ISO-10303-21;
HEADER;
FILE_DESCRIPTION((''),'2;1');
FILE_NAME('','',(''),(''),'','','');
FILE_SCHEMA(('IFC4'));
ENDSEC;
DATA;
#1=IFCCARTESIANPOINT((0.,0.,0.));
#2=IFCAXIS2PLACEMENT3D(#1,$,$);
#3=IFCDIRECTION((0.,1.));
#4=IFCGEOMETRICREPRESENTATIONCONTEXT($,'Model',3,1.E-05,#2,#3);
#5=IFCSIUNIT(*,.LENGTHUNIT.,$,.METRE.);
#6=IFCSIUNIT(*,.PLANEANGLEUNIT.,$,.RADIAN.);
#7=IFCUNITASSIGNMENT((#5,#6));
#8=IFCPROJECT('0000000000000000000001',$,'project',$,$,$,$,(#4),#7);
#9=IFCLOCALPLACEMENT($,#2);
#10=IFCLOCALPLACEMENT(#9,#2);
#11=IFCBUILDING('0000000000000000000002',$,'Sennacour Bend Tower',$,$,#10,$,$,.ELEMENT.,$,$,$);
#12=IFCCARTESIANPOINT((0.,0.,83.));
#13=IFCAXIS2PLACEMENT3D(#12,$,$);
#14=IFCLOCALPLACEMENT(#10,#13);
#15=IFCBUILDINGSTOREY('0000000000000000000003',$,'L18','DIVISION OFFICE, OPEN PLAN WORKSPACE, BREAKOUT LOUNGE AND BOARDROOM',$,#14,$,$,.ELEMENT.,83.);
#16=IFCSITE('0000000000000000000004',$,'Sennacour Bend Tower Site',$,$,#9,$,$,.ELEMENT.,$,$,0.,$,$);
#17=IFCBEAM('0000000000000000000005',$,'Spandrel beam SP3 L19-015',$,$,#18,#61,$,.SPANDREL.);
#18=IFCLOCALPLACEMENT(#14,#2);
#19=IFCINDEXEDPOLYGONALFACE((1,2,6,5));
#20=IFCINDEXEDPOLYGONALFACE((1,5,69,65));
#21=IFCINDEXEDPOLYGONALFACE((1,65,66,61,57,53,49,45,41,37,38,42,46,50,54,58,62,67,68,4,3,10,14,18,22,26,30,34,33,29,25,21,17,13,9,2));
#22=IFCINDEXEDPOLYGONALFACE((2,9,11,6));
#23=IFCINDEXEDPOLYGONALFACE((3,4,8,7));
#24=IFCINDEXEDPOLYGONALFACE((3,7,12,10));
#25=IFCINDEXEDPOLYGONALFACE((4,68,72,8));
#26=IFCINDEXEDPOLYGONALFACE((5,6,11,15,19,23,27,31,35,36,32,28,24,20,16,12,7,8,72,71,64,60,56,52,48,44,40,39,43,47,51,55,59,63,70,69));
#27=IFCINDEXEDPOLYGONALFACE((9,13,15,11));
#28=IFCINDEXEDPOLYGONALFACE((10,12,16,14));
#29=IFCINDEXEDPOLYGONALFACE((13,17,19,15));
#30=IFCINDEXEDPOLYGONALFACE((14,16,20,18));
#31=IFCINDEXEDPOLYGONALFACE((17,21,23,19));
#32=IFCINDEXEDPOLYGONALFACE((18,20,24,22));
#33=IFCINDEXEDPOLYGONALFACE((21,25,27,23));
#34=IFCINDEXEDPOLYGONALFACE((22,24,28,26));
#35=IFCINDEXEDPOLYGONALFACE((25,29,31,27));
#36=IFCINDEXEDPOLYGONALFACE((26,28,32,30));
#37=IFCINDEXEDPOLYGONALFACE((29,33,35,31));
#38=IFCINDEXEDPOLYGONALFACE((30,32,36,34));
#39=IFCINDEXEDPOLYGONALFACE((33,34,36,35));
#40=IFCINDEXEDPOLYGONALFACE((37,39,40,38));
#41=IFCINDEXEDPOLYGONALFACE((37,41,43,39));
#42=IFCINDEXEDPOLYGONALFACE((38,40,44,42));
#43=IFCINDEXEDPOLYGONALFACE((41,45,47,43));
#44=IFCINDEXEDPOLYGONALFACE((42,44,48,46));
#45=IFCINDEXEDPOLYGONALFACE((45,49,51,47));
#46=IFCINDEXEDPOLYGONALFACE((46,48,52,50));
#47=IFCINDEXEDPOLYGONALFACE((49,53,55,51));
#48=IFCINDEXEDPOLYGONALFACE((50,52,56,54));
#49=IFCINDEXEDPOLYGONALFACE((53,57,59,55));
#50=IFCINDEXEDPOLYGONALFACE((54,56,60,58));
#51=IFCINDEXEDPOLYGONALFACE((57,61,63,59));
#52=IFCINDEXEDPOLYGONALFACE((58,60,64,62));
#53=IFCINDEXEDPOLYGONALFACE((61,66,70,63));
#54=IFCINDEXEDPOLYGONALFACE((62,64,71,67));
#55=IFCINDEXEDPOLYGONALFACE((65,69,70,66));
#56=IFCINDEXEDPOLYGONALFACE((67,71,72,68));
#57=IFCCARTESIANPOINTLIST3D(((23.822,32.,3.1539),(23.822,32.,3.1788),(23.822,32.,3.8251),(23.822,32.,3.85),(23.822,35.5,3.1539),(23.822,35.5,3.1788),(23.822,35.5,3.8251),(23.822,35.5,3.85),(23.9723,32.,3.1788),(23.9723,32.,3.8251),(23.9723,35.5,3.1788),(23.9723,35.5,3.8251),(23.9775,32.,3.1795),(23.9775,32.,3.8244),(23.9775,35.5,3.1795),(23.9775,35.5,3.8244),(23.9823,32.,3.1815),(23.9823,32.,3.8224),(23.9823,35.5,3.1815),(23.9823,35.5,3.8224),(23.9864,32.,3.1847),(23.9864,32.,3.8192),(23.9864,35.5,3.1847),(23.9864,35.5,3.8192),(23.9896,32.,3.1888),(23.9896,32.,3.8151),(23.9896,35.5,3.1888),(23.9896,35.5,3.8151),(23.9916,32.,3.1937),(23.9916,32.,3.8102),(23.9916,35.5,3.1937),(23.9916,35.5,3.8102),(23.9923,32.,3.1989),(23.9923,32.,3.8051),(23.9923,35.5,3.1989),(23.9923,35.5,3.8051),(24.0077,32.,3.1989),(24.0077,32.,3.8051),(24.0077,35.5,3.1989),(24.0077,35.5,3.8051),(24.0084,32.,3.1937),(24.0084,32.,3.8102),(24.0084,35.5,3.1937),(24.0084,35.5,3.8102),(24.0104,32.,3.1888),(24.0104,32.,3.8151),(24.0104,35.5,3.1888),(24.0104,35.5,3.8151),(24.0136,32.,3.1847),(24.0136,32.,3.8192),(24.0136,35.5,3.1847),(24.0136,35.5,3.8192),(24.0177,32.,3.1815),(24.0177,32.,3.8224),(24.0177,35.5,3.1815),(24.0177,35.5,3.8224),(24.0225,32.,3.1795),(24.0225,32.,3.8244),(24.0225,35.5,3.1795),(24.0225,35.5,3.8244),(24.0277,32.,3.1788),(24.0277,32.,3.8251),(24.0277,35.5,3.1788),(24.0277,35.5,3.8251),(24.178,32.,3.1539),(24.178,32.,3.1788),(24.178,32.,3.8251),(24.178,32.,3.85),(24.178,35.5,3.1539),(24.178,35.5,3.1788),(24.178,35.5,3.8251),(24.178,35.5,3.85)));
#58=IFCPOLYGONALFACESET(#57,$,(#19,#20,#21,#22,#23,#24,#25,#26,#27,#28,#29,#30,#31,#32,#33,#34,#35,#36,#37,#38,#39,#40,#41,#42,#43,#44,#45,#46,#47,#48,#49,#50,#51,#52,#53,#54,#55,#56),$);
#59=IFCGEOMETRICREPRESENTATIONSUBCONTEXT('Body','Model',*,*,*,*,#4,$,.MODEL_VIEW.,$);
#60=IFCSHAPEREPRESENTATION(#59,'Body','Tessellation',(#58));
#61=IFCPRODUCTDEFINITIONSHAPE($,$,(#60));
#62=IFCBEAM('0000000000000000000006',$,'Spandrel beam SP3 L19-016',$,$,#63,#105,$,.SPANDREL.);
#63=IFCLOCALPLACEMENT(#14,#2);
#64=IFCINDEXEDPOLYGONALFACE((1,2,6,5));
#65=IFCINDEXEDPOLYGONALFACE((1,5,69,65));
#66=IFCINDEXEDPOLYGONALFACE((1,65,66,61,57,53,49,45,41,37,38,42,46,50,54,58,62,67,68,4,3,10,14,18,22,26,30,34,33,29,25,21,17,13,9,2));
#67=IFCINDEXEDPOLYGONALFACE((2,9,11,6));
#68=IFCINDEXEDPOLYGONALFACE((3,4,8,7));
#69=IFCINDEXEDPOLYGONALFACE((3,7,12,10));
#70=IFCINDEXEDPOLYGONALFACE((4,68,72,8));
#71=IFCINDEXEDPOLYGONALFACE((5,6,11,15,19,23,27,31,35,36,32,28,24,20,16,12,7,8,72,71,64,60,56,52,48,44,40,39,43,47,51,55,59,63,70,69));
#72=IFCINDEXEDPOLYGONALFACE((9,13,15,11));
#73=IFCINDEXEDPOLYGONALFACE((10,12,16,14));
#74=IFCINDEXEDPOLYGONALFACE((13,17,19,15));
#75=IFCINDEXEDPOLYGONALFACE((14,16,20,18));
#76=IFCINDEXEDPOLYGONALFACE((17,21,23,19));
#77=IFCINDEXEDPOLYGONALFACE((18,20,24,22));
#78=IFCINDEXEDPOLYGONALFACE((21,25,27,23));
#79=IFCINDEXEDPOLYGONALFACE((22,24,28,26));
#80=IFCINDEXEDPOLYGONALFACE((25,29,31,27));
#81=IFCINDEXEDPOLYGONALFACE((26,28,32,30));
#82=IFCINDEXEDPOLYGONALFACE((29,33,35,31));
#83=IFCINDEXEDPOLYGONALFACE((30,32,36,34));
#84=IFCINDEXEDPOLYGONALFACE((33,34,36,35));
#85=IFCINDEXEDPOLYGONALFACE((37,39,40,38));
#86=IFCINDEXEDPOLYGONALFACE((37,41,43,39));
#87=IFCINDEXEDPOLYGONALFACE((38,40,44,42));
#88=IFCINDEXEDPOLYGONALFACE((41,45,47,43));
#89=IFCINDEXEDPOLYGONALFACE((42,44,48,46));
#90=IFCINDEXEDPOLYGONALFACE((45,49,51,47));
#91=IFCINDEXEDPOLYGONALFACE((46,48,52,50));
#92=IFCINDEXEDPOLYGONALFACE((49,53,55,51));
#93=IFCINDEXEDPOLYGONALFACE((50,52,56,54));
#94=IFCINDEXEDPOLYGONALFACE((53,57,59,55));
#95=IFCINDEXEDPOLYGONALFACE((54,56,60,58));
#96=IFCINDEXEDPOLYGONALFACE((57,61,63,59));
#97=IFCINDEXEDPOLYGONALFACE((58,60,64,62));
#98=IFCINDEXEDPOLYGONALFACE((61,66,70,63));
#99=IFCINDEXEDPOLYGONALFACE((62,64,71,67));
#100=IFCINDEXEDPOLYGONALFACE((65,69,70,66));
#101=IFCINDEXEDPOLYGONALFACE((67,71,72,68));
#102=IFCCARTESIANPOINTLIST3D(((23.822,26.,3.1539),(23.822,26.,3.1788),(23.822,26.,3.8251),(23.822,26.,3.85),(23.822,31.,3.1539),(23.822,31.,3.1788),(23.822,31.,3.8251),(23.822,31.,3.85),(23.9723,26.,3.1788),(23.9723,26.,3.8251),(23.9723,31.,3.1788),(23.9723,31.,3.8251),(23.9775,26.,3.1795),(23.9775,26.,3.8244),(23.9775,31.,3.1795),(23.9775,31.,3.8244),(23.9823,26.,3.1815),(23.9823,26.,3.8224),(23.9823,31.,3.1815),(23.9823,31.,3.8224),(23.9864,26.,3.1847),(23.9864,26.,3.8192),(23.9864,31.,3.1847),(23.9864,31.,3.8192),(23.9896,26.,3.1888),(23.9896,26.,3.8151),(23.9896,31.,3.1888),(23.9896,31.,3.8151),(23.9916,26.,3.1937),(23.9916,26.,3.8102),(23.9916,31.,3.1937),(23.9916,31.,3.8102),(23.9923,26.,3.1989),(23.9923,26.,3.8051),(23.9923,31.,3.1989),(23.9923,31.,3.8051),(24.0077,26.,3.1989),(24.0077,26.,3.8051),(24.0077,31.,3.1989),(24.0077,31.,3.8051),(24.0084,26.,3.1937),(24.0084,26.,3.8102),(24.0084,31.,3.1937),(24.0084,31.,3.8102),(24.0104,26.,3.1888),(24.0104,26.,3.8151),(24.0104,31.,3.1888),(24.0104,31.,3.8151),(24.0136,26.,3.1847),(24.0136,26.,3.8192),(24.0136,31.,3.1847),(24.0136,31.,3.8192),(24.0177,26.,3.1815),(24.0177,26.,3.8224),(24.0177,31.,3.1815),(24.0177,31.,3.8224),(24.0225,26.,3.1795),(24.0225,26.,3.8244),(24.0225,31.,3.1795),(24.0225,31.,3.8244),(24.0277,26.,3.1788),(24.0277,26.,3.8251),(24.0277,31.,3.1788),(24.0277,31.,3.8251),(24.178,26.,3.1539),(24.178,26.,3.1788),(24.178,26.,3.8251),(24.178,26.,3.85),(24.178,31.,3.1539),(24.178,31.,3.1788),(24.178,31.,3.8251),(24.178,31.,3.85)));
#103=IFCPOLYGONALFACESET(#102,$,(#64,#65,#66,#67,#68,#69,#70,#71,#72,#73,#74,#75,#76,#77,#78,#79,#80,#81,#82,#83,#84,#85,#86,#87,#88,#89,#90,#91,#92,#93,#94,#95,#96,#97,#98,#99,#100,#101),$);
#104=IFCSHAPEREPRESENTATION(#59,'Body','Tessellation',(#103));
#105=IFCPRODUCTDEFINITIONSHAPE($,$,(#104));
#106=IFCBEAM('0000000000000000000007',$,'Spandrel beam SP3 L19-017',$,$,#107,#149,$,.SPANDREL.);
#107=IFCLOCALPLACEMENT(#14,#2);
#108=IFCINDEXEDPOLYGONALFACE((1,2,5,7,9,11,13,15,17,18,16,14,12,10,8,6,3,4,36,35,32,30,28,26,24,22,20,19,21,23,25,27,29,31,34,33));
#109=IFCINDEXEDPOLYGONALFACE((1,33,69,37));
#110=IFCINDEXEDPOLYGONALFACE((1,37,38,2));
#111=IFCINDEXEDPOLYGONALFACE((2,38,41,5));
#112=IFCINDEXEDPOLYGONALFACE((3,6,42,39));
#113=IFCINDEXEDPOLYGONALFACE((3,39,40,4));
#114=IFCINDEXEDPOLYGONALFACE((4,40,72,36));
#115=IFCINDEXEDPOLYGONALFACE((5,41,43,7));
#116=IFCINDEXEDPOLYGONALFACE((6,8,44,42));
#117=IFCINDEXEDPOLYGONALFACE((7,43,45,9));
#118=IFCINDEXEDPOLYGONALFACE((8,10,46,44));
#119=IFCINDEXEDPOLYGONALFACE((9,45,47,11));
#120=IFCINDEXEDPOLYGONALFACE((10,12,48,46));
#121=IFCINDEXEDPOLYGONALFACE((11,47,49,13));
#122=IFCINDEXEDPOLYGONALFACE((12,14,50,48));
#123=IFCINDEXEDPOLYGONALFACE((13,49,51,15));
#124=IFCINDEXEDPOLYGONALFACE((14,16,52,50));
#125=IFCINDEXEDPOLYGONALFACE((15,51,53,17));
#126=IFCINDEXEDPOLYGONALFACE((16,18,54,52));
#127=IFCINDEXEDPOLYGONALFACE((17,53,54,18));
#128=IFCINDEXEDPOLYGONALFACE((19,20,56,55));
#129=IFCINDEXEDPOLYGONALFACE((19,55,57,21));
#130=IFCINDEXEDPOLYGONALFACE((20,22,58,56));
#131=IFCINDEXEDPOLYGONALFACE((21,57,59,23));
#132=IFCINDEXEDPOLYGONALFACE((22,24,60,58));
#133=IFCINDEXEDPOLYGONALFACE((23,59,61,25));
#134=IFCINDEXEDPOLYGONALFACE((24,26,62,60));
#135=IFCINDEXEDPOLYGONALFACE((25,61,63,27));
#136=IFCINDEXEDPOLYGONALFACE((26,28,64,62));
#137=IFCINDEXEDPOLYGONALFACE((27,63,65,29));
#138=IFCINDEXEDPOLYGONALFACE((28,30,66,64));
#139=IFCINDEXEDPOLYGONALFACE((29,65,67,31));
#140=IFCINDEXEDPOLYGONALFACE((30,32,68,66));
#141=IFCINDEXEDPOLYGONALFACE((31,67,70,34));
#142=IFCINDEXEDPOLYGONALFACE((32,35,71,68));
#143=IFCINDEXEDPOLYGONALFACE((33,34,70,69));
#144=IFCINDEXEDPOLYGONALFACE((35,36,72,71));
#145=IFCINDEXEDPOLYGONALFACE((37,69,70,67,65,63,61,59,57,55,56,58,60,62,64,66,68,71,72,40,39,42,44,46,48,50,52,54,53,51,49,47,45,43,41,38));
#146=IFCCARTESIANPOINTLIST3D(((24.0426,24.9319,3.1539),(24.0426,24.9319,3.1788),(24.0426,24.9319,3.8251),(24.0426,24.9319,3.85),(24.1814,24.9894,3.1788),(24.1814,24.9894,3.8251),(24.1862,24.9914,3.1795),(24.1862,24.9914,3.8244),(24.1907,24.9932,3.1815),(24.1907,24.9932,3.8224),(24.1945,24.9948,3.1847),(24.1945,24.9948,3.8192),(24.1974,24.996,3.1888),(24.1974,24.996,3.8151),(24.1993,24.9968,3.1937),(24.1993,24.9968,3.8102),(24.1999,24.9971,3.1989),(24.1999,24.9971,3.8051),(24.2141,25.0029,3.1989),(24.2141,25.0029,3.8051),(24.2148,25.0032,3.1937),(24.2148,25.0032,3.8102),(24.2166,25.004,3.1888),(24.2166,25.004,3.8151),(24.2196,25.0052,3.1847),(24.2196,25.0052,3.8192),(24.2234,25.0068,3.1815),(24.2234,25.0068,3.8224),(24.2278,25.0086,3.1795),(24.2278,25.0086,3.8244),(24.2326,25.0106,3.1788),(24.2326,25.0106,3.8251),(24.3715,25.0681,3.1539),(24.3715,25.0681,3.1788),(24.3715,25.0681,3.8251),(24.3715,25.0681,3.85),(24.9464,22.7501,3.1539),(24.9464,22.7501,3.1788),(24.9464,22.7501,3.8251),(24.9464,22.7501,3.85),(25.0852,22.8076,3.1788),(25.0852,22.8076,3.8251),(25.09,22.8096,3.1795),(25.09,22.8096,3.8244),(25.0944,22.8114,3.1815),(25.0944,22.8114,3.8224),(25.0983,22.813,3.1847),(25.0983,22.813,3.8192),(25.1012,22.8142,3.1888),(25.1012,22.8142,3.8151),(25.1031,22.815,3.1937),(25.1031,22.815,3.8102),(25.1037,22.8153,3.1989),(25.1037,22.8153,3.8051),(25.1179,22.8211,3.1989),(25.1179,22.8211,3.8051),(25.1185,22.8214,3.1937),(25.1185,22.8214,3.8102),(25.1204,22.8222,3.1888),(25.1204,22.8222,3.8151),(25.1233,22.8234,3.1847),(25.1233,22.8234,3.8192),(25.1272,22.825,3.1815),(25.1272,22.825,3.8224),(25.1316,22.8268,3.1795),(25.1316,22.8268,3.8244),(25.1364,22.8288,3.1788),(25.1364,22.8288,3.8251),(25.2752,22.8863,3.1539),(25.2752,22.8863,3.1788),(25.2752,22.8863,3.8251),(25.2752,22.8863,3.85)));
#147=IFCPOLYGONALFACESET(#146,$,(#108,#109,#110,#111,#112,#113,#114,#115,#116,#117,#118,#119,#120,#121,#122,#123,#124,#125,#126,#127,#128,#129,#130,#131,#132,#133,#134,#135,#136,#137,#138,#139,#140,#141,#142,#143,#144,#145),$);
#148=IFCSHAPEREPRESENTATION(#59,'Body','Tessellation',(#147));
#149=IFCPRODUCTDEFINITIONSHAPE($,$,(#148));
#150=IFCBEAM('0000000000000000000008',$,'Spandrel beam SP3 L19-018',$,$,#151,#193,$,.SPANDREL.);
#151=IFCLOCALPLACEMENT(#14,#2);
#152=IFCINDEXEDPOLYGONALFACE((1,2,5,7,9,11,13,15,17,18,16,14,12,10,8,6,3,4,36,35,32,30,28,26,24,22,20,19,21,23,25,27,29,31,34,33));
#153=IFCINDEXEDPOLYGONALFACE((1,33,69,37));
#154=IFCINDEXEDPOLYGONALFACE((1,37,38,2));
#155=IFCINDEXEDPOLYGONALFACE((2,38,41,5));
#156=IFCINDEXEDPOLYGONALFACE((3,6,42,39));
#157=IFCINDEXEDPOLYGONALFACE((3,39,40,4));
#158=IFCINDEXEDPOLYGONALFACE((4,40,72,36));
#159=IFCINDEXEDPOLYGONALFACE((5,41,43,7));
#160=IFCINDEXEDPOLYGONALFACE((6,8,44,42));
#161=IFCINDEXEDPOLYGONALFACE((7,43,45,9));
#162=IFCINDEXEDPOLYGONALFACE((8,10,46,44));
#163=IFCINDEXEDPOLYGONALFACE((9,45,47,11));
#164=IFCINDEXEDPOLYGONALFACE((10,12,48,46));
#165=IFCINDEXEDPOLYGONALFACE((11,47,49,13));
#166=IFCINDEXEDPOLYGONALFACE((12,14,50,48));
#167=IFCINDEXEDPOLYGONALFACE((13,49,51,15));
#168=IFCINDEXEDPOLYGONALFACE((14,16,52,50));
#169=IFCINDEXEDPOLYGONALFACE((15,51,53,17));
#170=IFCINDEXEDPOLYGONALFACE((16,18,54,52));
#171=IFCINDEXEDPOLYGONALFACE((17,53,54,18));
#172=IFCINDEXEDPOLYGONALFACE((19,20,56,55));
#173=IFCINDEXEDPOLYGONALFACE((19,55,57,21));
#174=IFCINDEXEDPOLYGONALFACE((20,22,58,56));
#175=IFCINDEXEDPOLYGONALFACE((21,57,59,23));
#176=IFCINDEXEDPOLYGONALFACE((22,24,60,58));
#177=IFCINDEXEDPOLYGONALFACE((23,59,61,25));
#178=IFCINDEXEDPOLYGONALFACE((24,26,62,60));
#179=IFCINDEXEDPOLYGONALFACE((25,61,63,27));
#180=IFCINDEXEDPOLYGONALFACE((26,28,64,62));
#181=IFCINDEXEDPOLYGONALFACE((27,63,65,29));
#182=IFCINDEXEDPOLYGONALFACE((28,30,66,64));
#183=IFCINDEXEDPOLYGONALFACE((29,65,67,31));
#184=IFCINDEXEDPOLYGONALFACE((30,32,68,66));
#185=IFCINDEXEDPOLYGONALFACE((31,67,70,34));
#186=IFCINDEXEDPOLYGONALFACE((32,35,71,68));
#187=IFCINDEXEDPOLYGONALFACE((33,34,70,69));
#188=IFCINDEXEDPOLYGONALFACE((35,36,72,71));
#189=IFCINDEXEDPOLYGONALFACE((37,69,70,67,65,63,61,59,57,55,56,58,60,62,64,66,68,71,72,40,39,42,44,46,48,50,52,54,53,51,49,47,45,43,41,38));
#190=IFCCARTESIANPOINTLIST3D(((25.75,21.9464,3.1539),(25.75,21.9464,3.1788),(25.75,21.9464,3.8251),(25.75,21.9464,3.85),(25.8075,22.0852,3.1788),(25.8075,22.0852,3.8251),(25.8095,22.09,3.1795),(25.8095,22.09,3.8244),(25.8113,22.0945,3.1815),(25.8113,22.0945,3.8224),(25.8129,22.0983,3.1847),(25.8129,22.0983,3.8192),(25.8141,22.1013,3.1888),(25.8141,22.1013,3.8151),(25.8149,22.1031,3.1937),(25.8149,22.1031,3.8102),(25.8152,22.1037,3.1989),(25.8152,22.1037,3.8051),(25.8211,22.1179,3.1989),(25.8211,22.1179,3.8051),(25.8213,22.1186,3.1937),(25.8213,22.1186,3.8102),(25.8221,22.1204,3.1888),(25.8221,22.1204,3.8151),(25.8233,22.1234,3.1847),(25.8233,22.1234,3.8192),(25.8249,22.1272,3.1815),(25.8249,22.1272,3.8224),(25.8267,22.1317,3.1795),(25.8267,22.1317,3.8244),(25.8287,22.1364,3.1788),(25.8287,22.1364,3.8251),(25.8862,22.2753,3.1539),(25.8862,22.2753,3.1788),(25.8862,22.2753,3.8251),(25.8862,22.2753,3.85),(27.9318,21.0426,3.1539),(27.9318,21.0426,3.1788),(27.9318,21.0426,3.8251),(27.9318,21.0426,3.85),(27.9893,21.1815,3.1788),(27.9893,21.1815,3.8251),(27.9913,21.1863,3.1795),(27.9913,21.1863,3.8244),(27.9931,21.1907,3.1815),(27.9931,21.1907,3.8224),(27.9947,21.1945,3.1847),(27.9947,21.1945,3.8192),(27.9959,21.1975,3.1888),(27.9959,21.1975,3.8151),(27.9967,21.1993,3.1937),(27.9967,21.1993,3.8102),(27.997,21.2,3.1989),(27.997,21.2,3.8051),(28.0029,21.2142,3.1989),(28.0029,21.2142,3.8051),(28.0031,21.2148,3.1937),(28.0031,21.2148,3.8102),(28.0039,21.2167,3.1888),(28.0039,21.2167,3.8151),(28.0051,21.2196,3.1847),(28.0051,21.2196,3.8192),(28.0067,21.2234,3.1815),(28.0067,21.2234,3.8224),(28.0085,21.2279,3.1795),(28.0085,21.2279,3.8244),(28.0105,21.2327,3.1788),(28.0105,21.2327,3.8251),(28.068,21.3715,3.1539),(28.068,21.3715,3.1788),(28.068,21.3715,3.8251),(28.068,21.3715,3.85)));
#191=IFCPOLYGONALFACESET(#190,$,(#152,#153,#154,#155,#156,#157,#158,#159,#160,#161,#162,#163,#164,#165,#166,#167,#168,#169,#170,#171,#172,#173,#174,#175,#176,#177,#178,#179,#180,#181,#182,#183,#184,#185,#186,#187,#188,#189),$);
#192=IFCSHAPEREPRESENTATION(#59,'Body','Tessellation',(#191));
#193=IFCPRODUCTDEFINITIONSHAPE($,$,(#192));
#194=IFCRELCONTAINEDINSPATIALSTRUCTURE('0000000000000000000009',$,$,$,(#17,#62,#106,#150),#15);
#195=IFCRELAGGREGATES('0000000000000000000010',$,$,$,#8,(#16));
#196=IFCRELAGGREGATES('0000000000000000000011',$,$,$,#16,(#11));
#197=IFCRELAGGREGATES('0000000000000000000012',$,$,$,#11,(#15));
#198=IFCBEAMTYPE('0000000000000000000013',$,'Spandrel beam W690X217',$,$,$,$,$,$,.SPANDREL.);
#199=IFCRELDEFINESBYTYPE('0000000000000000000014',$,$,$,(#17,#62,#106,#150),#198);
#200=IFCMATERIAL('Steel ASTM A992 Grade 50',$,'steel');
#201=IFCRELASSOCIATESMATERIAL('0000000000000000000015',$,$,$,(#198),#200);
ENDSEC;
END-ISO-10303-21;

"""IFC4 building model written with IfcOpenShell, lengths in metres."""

from ifc_helpers import new_model, si_unit, direction, frame, origin, origin_2d, place, context, subcontext, project, spatial, i_section, extrude, material, material_profile, profile_set, type_object, element, save


model = new_model("IFC4")

# Units and contexts
model_context = context("Model", 3, precision=1e-05, world=origin(), true_north=direction((0.0, 1.0)))
body_context = subcontext(model_context, "Body", "Model", "MODEL_VIEW")
ifc_project = project(units=[si_unit("LENGTHUNIT", "METRE"), si_unit("PLANEANGLEUNIT", "RADIAN")], contexts=[model_context])

# Site, building, storey
site_placement = place(None, origin())
site = spatial("IfcSite", under=ifc_project, at=site_placement, Name="Sennacour Bend Tower Site", CompositionType="ELEMENT", RefElevation=0.0)
building_placement = place(site_placement, origin())
building = spatial("IfcBuilding", under=site, at=building_placement, Name="Sennacour Bend Tower", CompositionType="ELEMENT")
storey_placement = place(building_placement, frame((0.0, 0.0, 83.0)))
storey = spatial("IfcBuildingStorey", under=building, at=storey_placement, Name="L18", Description="DIVISION OFFICE, OPEN PLAN WORKSPACE, BREAKOUT LOUNGE AND BOARDROOM", CompositionType="ELEMENT", Elevation=83.0)

# Beams
ifc_material_1 = material(Name="Steel ASTM A992 Grade 50", Category="steel")
ifc_material_profile_1 = material_profile(ifc_material_1, i_section(OverallWidth=0.356, OverallDepth=0.696, WebThickness=0.0154, FlangeThickness=0.0249, FilletRadius=0.02, at=origin_2d()), Name="Steel ASTM A992 Grade 50", Category="steel")
ifc_profile_set_1 = profile_set([ifc_material_profile_1], Name="Steel ASTM A992 Grade 50")
beam_type_1 = type_object("IfcBeamType", Name="Spandrel beam W690X217", PredefinedType="SPANDREL", material=ifc_profile_set_1)
beam_1_placement = place(storey_placement, frame((24.0, 35.5, 3.502), z_axis=(0.0, -1.0, 0.0), x_axis=(1.0, 0.0, 0.0)))
element("IfcBeam", 1, at=beam_1_placement, inside=storey, type_object=beam_type_1, Name="Spandrel beam SP3 L19-015", PredefinedType="SPANDREL", context=body_context, shape_type="SweptSolid", body=[
    extrude(i_section(OverallWidth=0.356, OverallDepth=0.696, WebThickness=0.0154, FlangeThickness=0.0249, FilletRadius=0.02, at=origin_2d()), origin(), (0.0, 0.0, 1.0), 3.5),
])
beam_2_placement = place(storey_placement, frame((24.0, 31.0, 3.502), z_axis=(0.0, -1.0, 0.0), x_axis=(1.0, 0.0, 0.0)))
element("IfcBeam", 2, at=beam_2_placement, inside=storey, type_object=beam_type_1, Name="Spandrel beam SP3 L19-016", PredefinedType="SPANDREL", context=body_context, shape_type="SweptSolid", body=[
    extrude(i_section(OverallWidth=0.356, OverallDepth=0.696, WebThickness=0.0154, FlangeThickness=0.0249, FilletRadius=0.02, at=origin_2d()), origin(), (0.0, 0.0, 1.0), 5.0),
])
for number, where, z_axis, x_axis, name in (
    (3, (24.207, 25.0, 3.502), (0.382699, -0.923873, 0.0), (0.923873, 0.382699, 0.0), "Spandrel beam SP3 L19-017"),
    (4, (25.8181, 22.1108, 3.502), (0.923873, -0.382699, 0.0), (0.382699, 0.923873, 0.0), "Spandrel beam SP3 L19-018"),
):
    element("IfcBeam", number, at=place(storey_placement, frame(where, z_axis=z_axis, x_axis=x_axis)), inside=storey, type_object=beam_type_1, Name=name, PredefinedType="SPANDREL", context=body_context, shape_type="SweptSolid", body=[
        extrude(i_section(OverallWidth=0.356, OverallDepth=0.696, WebThickness=0.0154, FlangeThickness=0.0249, FilletRadius=0.02, at=origin_2d()), origin(), (0.0, 0.0, 1.0), 2.3616),
    ])

save(model, "model.ifc")
